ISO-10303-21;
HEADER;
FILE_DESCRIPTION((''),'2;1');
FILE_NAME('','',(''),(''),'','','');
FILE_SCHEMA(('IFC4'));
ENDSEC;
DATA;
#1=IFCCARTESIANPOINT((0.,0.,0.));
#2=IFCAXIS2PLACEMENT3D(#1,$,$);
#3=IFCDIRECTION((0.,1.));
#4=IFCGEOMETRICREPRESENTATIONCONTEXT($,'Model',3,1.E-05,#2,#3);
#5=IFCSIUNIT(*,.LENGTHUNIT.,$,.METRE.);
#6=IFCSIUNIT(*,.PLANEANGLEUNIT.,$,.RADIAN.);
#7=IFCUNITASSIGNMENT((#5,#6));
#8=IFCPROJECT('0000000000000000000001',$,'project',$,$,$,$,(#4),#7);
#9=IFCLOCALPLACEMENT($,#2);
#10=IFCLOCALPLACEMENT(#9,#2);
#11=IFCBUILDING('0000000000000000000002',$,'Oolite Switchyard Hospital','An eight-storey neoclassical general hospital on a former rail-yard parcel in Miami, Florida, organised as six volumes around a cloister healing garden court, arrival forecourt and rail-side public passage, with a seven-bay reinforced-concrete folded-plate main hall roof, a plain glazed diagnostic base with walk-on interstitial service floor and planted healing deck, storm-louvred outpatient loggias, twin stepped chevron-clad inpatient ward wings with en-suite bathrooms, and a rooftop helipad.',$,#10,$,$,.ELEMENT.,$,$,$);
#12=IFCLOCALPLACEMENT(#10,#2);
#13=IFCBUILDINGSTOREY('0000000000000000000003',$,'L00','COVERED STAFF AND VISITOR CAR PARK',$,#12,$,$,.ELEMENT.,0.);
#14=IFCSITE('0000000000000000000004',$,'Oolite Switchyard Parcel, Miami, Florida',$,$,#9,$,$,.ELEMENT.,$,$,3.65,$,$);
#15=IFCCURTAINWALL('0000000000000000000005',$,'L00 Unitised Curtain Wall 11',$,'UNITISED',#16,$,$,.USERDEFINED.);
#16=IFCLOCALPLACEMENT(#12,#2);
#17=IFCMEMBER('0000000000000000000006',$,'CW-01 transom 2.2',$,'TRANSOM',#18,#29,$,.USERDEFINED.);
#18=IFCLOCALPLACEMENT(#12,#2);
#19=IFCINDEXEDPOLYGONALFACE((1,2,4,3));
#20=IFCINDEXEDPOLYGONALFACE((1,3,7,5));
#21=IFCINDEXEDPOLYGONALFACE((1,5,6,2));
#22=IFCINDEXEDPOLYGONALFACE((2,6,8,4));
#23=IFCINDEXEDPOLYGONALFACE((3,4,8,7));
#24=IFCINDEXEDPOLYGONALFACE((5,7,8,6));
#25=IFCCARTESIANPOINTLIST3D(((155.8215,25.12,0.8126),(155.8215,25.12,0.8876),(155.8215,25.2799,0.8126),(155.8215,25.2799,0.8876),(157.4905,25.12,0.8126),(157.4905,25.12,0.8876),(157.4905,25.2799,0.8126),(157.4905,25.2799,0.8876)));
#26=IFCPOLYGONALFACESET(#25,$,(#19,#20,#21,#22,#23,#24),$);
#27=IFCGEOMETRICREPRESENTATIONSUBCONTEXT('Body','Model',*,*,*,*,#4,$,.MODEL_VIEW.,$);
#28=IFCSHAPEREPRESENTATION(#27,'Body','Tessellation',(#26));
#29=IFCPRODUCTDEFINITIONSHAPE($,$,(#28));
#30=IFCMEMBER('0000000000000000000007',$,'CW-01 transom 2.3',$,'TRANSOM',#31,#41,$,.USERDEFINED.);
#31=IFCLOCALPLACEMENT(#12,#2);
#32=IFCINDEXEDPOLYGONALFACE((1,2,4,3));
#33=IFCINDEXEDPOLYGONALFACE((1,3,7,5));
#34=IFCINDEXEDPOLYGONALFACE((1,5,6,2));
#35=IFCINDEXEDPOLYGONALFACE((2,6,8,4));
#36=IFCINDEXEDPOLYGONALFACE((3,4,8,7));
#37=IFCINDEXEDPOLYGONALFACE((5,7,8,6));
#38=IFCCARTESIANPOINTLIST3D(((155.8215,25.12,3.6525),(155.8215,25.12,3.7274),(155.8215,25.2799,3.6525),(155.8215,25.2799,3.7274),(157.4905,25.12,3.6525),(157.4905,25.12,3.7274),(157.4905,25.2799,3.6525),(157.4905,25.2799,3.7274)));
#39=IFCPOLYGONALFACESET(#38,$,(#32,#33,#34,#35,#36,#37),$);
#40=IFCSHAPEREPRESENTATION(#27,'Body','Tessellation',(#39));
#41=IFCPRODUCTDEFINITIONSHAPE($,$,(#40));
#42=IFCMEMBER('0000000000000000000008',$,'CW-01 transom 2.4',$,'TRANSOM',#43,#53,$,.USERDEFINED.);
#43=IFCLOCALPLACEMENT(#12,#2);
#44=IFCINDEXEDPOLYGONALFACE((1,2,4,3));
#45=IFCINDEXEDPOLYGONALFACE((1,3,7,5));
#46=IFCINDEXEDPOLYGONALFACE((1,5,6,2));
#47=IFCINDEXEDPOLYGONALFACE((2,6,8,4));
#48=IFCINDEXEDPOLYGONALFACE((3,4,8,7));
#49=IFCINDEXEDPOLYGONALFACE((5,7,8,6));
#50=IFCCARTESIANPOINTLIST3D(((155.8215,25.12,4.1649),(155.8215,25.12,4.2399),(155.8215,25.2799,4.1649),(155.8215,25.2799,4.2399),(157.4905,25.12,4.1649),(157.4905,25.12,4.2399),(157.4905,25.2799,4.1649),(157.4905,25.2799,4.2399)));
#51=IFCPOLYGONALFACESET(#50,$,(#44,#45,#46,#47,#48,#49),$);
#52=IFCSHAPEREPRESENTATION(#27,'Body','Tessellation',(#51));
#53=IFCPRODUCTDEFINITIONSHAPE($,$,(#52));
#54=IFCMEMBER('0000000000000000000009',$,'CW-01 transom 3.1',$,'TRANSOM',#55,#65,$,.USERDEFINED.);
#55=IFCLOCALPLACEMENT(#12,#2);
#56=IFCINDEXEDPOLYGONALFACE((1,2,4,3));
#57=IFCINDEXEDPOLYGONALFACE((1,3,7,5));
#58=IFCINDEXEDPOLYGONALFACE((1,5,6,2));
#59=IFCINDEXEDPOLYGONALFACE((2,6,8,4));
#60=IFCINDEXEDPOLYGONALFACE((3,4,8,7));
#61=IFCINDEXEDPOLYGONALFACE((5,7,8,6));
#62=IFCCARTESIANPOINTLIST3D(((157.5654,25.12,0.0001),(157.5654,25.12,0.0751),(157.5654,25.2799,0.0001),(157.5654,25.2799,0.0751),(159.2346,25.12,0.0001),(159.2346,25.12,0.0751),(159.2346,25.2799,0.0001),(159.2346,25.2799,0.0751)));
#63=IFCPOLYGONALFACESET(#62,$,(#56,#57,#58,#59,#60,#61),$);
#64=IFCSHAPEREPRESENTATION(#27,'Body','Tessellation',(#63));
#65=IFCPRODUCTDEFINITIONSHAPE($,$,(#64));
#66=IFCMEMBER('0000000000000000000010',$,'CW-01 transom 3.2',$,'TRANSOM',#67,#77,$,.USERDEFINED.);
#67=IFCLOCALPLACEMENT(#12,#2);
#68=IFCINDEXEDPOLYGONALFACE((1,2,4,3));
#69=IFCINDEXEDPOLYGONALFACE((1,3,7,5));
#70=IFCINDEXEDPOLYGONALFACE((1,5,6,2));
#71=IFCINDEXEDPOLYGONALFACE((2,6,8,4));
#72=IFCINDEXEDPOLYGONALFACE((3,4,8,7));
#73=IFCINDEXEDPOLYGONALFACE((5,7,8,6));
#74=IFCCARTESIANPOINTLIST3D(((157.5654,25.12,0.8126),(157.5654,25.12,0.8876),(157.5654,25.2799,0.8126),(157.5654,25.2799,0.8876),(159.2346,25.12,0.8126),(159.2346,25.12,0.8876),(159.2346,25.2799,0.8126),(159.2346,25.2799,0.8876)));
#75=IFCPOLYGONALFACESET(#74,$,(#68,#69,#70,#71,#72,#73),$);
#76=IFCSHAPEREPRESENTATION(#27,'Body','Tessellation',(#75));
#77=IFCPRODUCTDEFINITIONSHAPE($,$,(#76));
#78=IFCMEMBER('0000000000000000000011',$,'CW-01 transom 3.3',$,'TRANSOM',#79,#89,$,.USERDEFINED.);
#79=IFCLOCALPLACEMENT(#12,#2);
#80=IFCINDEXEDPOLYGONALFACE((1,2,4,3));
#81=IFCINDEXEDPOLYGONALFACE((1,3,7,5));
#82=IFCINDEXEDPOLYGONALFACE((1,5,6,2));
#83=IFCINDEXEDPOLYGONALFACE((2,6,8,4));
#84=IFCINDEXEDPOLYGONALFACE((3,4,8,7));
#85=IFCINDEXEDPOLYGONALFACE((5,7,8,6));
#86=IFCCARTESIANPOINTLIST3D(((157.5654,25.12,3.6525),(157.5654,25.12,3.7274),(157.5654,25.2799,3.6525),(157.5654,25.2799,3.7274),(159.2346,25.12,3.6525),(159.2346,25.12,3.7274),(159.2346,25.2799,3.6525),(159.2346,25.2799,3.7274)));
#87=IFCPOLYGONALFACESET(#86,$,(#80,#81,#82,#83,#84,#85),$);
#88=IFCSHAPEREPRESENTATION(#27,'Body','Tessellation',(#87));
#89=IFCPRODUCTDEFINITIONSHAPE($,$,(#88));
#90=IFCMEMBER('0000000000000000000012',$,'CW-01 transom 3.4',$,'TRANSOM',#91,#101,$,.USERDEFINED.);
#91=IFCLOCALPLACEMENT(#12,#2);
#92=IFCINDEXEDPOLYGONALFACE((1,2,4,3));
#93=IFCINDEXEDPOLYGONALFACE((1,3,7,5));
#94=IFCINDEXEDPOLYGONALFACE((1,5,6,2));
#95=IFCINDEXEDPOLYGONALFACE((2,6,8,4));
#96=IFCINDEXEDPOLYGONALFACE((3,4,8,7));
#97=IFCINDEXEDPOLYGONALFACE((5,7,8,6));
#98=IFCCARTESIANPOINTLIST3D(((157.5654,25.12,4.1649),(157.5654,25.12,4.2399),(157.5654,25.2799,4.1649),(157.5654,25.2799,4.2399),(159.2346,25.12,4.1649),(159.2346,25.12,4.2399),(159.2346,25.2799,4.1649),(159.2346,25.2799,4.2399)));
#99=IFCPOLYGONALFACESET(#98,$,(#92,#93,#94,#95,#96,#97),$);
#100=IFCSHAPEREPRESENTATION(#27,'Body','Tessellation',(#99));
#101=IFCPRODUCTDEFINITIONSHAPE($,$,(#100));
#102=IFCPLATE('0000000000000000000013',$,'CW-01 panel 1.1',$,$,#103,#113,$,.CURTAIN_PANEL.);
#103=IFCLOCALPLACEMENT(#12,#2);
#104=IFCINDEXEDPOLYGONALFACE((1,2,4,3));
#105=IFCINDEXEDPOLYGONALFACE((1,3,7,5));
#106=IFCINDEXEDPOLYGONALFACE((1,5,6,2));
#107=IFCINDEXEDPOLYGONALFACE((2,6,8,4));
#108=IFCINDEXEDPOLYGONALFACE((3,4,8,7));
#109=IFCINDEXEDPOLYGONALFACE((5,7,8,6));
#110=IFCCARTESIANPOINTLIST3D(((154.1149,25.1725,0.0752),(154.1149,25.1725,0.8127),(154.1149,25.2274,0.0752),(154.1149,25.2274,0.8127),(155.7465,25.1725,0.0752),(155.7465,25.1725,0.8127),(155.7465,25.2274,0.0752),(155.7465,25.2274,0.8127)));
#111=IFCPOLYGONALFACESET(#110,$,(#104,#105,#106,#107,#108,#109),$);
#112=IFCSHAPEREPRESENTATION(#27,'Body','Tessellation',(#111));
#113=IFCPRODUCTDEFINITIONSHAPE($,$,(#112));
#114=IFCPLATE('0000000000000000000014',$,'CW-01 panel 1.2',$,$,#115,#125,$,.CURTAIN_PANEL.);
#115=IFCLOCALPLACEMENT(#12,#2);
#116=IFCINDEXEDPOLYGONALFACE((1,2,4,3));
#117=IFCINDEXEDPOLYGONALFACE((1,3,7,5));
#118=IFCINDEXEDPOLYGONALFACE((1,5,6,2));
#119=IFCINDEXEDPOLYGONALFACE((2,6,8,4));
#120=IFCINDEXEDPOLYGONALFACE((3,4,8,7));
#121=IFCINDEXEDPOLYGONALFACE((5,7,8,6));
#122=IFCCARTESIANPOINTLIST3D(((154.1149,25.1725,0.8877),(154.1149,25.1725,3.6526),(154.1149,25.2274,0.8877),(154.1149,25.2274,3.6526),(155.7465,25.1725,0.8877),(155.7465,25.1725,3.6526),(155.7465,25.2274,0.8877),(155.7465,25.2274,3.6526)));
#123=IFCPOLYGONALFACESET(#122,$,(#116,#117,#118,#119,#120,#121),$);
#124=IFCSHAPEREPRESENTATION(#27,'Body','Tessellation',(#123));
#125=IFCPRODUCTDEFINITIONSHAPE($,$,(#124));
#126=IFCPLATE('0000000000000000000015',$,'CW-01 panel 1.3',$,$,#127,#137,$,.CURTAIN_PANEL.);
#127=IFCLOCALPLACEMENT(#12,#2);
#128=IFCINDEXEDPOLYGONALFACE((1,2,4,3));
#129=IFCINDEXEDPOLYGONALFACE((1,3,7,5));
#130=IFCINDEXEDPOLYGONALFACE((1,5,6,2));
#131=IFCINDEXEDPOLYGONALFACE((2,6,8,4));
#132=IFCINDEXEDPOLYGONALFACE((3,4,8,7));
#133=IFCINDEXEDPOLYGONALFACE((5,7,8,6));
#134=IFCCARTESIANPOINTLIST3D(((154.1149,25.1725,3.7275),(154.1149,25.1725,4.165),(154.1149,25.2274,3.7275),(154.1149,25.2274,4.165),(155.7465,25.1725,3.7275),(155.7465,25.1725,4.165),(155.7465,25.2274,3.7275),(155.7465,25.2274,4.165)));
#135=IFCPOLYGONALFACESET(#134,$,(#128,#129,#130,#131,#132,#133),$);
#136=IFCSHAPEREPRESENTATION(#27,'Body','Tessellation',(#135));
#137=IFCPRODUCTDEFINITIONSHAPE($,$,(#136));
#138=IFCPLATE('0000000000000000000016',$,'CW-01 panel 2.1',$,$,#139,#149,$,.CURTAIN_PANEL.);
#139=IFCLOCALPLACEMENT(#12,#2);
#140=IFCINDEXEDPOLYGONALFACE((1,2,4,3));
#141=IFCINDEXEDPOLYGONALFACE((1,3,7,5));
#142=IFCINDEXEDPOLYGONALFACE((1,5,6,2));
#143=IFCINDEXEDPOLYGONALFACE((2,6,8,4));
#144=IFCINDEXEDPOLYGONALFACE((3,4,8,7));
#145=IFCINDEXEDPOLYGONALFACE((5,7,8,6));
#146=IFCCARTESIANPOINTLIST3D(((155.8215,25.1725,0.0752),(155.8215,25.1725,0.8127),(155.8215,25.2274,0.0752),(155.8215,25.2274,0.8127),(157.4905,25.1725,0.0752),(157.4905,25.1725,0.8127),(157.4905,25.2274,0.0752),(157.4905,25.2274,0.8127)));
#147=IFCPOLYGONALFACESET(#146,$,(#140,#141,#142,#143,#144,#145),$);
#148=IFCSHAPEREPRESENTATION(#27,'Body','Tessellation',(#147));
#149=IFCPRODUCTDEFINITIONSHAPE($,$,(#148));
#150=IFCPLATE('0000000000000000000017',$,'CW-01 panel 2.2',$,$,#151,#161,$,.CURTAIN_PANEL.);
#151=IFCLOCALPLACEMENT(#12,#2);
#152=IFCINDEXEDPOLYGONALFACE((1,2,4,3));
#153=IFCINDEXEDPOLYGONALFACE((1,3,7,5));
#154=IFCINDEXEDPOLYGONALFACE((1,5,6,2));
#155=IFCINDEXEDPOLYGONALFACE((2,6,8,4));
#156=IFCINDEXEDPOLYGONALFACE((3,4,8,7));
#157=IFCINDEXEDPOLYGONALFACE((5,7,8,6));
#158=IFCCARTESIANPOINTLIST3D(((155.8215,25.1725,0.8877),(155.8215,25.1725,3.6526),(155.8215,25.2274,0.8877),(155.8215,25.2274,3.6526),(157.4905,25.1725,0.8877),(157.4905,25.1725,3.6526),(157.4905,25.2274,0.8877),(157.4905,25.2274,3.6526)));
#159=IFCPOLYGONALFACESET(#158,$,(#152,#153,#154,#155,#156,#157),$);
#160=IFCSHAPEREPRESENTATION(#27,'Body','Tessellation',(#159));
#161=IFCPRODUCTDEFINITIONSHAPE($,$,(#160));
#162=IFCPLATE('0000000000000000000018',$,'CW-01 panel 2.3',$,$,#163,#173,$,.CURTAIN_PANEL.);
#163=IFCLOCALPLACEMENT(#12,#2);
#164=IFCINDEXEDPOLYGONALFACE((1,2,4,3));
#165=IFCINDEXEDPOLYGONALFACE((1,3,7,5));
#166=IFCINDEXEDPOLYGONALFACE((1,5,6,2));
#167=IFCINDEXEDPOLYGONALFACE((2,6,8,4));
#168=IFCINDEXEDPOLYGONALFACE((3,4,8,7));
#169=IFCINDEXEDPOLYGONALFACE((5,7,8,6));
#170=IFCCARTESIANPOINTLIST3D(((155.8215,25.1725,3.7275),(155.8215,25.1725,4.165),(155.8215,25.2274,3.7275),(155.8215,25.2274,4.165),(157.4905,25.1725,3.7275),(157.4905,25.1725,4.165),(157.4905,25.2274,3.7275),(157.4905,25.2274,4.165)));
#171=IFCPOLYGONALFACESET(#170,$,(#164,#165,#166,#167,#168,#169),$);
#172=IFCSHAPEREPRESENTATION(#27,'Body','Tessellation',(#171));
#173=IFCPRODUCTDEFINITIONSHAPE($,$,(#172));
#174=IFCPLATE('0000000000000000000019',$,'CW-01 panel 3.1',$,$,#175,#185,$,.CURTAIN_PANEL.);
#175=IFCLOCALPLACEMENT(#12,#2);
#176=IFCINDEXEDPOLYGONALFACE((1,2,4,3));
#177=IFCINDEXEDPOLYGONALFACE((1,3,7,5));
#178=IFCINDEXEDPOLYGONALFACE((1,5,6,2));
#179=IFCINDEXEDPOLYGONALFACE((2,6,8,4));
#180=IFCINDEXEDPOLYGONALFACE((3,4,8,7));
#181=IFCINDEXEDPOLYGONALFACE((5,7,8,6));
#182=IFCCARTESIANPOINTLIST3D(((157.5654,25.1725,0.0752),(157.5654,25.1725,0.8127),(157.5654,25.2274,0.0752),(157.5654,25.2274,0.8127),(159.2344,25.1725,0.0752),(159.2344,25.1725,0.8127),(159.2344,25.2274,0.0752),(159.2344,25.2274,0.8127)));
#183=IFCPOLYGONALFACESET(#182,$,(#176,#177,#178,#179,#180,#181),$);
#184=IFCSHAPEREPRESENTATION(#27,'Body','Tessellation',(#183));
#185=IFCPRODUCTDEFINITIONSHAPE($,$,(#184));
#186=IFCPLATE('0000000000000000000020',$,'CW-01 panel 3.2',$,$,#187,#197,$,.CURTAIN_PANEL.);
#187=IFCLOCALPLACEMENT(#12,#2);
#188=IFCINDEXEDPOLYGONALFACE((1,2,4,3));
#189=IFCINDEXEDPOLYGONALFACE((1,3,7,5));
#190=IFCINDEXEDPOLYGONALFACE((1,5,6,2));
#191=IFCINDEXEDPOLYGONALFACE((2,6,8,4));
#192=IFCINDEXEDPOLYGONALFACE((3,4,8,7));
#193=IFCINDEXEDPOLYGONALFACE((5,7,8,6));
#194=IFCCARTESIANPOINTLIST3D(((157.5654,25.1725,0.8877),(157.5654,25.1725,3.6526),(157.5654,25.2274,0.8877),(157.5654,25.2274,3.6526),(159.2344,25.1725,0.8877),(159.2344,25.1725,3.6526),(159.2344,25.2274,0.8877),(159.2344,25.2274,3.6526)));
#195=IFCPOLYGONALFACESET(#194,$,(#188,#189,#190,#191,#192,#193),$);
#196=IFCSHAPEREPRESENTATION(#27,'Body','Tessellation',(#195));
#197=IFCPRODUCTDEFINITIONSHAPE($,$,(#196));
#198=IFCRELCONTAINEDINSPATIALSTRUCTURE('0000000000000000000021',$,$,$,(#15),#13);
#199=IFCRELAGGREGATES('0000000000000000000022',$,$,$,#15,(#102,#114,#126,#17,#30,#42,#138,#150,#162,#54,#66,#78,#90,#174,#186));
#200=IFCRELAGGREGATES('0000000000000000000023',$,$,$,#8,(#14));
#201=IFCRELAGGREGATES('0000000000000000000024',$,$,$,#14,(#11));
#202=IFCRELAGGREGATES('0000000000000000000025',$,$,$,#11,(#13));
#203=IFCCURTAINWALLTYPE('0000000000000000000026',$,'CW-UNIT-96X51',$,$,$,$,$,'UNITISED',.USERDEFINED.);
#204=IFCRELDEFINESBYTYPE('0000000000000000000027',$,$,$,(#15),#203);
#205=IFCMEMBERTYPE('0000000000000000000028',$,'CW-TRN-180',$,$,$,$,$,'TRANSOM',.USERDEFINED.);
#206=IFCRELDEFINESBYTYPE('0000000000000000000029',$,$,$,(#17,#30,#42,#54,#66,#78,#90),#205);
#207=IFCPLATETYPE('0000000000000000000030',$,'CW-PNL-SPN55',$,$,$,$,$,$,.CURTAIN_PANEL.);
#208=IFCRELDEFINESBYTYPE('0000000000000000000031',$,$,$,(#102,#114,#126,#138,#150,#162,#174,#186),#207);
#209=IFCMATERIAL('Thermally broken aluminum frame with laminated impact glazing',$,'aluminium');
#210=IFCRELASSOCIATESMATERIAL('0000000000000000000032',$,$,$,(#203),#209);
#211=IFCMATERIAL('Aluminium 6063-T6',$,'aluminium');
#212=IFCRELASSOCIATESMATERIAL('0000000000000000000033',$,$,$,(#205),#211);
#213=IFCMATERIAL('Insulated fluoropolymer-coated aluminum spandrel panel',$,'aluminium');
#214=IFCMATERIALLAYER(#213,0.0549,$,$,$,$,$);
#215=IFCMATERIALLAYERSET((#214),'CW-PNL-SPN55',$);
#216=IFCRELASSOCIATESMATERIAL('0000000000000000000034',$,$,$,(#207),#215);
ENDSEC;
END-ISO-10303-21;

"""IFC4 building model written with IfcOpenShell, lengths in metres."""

from ifc_helpers import new_model, si_unit, direction, frame, origin, origin_2d, place, context, subcontext, project, spatial, rectangle, extrude, material, layer, layer_set, material_profile, profile_set, type_object, element, aggregate, save


model = new_model("IFC4")

# Units and contexts
model_context = context("Model", 3, precision=1e-05, world=origin(), true_north=direction((0.0, 1.0)))
body_context = subcontext(model_context, "Body", "Model", "MODEL_VIEW")
ifc_project = project(units=[si_unit("LENGTHUNIT", "METRE"), si_unit("PLANEANGLEUNIT", "RADIAN")], contexts=[model_context])

# Site, building, storey
site_placement = place(None, origin())
site = spatial("IfcSite", under=ifc_project, at=site_placement, Name="Oolite Switchyard Parcel, Miami, Florida", CompositionType="ELEMENT", RefElevation=3.65)
building_placement = place(site_placement, origin())
building = spatial("IfcBuilding", under=site, at=building_placement, Name="Oolite Switchyard Hospital", Description="An eight-storey neoclassical general hospital on a former rail-yard parcel in Miami, Florida, organised as six volumes around a cloister healing garden court, arrival forecourt and rail-side public passage, with a seven-bay reinforced-concrete folded-plate main hall roof, a plain glazed diagnostic base with walk-on interstitial service floor and planted healing deck, storm-louvred outpatient loggias, twin stepped chevron-clad inpatient ward wings with en-suite bathrooms, and a rooftop helipad.", CompositionType="ELEMENT")
storey_placement = place(building_placement, origin())
storey = spatial("IfcBuildingStorey", under=building, at=storey_placement, Name="L00", Description="COVERED STAFF AND VISITOR CAR PARK", CompositionType="ELEMENT", Elevation=0.0)

# Curtain wall, members, plates
ifc_material_1 = material(Name="Thermally broken aluminum frame with laminated impact glazing", Category="aluminium")
curtain_wall_type = type_object("IfcCurtainWallType", Name="CW-UNIT-96X51", ElementType="UNITISED", PredefinedType="USERDEFINED", material=ifc_material_1)
curtain_wall_placement = place(storey_placement, origin())
curtain_wall = element("IfcCurtainWall", 1, at=curtain_wall_placement, inside=storey, type_object=curtain_wall_type, Name="L00 Unitised Curtain Wall 11", ObjectType="UNITISED", PredefinedType="USERDEFINED")
ifc_material_2 = material(Name="Aluminium 6063-T6", Category="aluminium")
ifc_material_profile_1 = material_profile(ifc_material_2, rectangle(XDim=0.1599, YDim=0.075, at=origin_2d()), Name="CWT75X160")
ifc_profile_set_1 = profile_set([ifc_material_profile_1], Name="Aluminium 6063-T6")
member_type_1 = type_object("IfcMemberType", Name="CW-TRN-180", ElementType="TRANSOM", PredefinedType="USERDEFINED", material=ifc_profile_set_1)
member_1_placement = place(storey_placement, frame((155.8215, 25.2, 0.8501), z_axis=(1.0, 0.0, 0.0), x_axis=(0.0, 1.0, 0.0)))
member_1 = element("IfcMember", 2, at=member_1_placement, type_object=member_type_1, Name="CW-01 transom 2.2", ObjectType="TRANSOM", PredefinedType="USERDEFINED", context=body_context, shape_type="SweptSolid", body=[
    extrude(rectangle(XDim=0.1599, YDim=0.075, at=origin_2d()), origin(), (0.0, 0.0, 1.0), 1.6689),
])
member_2_placement = place(storey_placement, frame((155.8215, 25.2, 3.6899), z_axis=(1.0, 0.0, 0.0), x_axis=(0.0, 1.0, 0.0)))
member_2 = element("IfcMember", 3, at=member_2_placement, type_object=member_type_1, Name="CW-01 transom 2.3", ObjectType="TRANSOM", PredefinedType="USERDEFINED", context=body_context, shape_type="SweptSolid", body=[
    extrude(rectangle(XDim=0.1599, YDim=0.075, at=origin_2d()), origin(), (0.0, 0.0, 1.0), 1.6689),
])
member_3_placement = place(storey_placement, frame((155.8215, 25.2, 4.2024), z_axis=(1.0, 0.0, 0.0), x_axis=(0.0, 1.0, 0.0)))
member_3 = element("IfcMember", 4, at=member_3_placement, type_object=member_type_1, Name="CW-01 transom 2.4", ObjectType="TRANSOM", PredefinedType="USERDEFINED", context=body_context, shape_type="SweptSolid", body=[
    extrude(rectangle(XDim=0.1599, YDim=0.075, at=origin_2d()), origin(), (0.0, 0.0, 1.0), 1.6689),
])
member_4_placement = place(storey_placement, frame((157.5654, 25.2, 0.0376), z_axis=(1.0, 0.0, 0.0), x_axis=(0.0, 1.0, 0.0)))
member_4 = element("IfcMember", 5, at=member_4_placement, type_object=member_type_1, Name="CW-01 transom 3.1", ObjectType="TRANSOM", PredefinedType="USERDEFINED", context=body_context, shape_type="SweptSolid", body=[
    extrude(rectangle(XDim=0.1599, YDim=0.075, at=origin_2d()), origin(), (0.0, 0.0, 1.0), 1.6692),
])
member_5_placement = place(storey_placement, frame((157.5654, 25.2, 0.8501), z_axis=(1.0, 0.0, 0.0), x_axis=(0.0, 1.0, 0.0)))
member_5 = element("IfcMember", 6, at=member_5_placement, type_object=member_type_1, Name="CW-01 transom 3.2", ObjectType="TRANSOM", PredefinedType="USERDEFINED", context=body_context, shape_type="SweptSolid", body=[
    extrude(rectangle(XDim=0.1599, YDim=0.075, at=origin_2d()), origin(), (0.0, 0.0, 1.0), 1.6692),
])
member_6_placement = place(storey_placement, frame((157.5654, 25.2, 3.6899), z_axis=(1.0, 0.0, 0.0), x_axis=(0.0, 1.0, 0.0)))
member_6 = element("IfcMember", 7, at=member_6_placement, type_object=member_type_1, Name="CW-01 transom 3.3", ObjectType="TRANSOM", PredefinedType="USERDEFINED", context=body_context, shape_type="SweptSolid", body=[
    extrude(rectangle(XDim=0.1599, YDim=0.075, at=origin_2d()), origin(), (0.0, 0.0, 1.0), 1.6692),
])
member_7_placement = place(storey_placement, frame((157.5654, 25.2, 4.2024), z_axis=(1.0, 0.0, 0.0), x_axis=(0.0, 1.0, 0.0)))
member_7 = element("IfcMember", 8, at=member_7_placement, type_object=member_type_1, Name="CW-01 transom 3.4", ObjectType="TRANSOM", PredefinedType="USERDEFINED", context=body_context, shape_type="SweptSolid", body=[
    extrude(rectangle(XDim=0.1599, YDim=0.075, at=origin_2d()), origin(), (0.0, 0.0, 1.0), 1.6692),
])
ifc_material_3 = material(Name="Insulated fluoropolymer-coated aluminum spandrel panel", Category="aluminium")
ifc_layer = layer(ifc_material_3, 0.0549)
ifc_layer_set = layer_set([ifc_layer], Name="CW-PNL-SPN55")
plate_type = type_object("IfcPlateType", Name="CW-PNL-SPN55", PredefinedType="CURTAIN_PANEL", material=ifc_layer_set)
plate_1_placement = place(storey_placement, frame((154.9307, 25.2, 0.0752), z_axis=(0.0, 0.0, 1.0), x_axis=(1.0, 0.0, 0.0)))
plate_1 = element("IfcPlate", 9, at=plate_1_placement, type_object=plate_type, Name="CW-01 panel 1.1", PredefinedType="CURTAIN_PANEL", context=body_context, shape_type="SweptSolid", body=[
    extrude(rectangle(XDim=1.6316, YDim=0.0549, at=origin_2d()), origin(), (0.0, 0.0, 1.0), 0.7375),
])
plate_2_placement = place(storey_placement, frame((154.9307, 25.2, 0.8877), z_axis=(0.0, 0.0, 1.0), x_axis=(1.0, 0.0, 0.0)))
plate_2 = element("IfcPlate", 10, at=plate_2_placement, type_object=plate_type, Name="CW-01 panel 1.2", PredefinedType="CURTAIN_PANEL", context=body_context, shape_type="SweptSolid", body=[
    extrude(rectangle(XDim=1.6316, YDim=0.0549, at=origin_2d()), origin(), (0.0, 0.0, 1.0), 2.7649),
])
plate_3_placement = place(storey_placement, frame((154.9307, 25.2, 3.7275), z_axis=(0.0, 0.0, 1.0), x_axis=(1.0, 0.0, 0.0)))
plate_3 = element("IfcPlate", 11, at=plate_3_placement, type_object=plate_type, Name="CW-01 panel 1.3", PredefinedType="CURTAIN_PANEL", context=body_context, shape_type="SweptSolid", body=[
    extrude(rectangle(XDim=1.6316, YDim=0.0549, at=origin_2d()), origin(), (0.0, 0.0, 1.0), 0.4375),
])
plate_4_placement = place(storey_placement, frame((156.656, 25.2, 0.0752), z_axis=(0.0, 0.0, 1.0), x_axis=(1.0, 0.0, 0.0)))
plate_4 = element("IfcPlate", 12, at=plate_4_placement, type_object=plate_type, Name="CW-01 panel 2.1", PredefinedType="CURTAIN_PANEL", context=body_context, shape_type="SweptSolid", body=[
    extrude(rectangle(XDim=1.6689, YDim=0.0549, at=origin_2d()), origin(), (0.0, 0.0, 1.0), 0.7375),
])
plate_5_placement = place(storey_placement, frame((156.656, 25.2, 0.8877), z_axis=(0.0, 0.0, 1.0), x_axis=(1.0, 0.0, 0.0)))
plate_5 = element("IfcPlate", 13, at=plate_5_placement, type_object=plate_type, Name="CW-01 panel 2.2", PredefinedType="CURTAIN_PANEL", context=body_context, shape_type="SweptSolid", body=[
    extrude(rectangle(XDim=1.6689, YDim=0.0549, at=origin_2d()), origin(), (0.0, 0.0, 1.0), 2.7649),
])
plate_6_placement = place(storey_placement, frame((156.656, 25.2, 3.7275), z_axis=(0.0, 0.0, 1.0), x_axis=(1.0, 0.0, 0.0)))
plate_6 = element("IfcPlate", 14, at=plate_6_placement, type_object=plate_type, Name="CW-01 panel 2.3", PredefinedType="CURTAIN_PANEL", context=body_context, shape_type="SweptSolid", body=[
    extrude(rectangle(XDim=1.6689, YDim=0.0549, at=origin_2d()), origin(), (0.0, 0.0, 1.0), 0.4375),
])
plate_7_placement = place(storey_placement, frame((158.3999, 25.2, 0.0752), z_axis=(0.0, 0.0, 1.0), x_axis=(1.0, 0.0, 0.0)))
plate_7 = element("IfcPlate", 15, at=plate_7_placement, type_object=plate_type, Name="CW-01 panel 3.1", PredefinedType="CURTAIN_PANEL", context=body_context, shape_type="SweptSolid", body=[
    extrude(rectangle(XDim=1.6689, YDim=0.0549, at=origin_2d()), origin(), (0.0, 0.0, 1.0), 0.7375),
])
plate_8_placement = place(storey_placement, frame((158.3999, 25.2, 0.8877), z_axis=(0.0, 0.0, 1.0), x_axis=(1.0, 0.0, 0.0)))
plate_8 = element("IfcPlate", 16, at=plate_8_placement, type_object=plate_type, Name="CW-01 panel 3.2", PredefinedType="CURTAIN_PANEL", context=body_context, shape_type="SweptSolid", body=[
    extrude(rectangle(XDim=1.6689, YDim=0.0549, at=origin_2d()), origin(), (0.0, 0.0, 1.0), 2.7649),
])
aggregate(curtain_wall, [plate_1, plate_2, plate_3, member_1, member_2, member_3, plate_4, plate_5, plate_6, member_4, member_5, member_6, member_7, plate_7, plate_8])

save(model, "model.ifc")
